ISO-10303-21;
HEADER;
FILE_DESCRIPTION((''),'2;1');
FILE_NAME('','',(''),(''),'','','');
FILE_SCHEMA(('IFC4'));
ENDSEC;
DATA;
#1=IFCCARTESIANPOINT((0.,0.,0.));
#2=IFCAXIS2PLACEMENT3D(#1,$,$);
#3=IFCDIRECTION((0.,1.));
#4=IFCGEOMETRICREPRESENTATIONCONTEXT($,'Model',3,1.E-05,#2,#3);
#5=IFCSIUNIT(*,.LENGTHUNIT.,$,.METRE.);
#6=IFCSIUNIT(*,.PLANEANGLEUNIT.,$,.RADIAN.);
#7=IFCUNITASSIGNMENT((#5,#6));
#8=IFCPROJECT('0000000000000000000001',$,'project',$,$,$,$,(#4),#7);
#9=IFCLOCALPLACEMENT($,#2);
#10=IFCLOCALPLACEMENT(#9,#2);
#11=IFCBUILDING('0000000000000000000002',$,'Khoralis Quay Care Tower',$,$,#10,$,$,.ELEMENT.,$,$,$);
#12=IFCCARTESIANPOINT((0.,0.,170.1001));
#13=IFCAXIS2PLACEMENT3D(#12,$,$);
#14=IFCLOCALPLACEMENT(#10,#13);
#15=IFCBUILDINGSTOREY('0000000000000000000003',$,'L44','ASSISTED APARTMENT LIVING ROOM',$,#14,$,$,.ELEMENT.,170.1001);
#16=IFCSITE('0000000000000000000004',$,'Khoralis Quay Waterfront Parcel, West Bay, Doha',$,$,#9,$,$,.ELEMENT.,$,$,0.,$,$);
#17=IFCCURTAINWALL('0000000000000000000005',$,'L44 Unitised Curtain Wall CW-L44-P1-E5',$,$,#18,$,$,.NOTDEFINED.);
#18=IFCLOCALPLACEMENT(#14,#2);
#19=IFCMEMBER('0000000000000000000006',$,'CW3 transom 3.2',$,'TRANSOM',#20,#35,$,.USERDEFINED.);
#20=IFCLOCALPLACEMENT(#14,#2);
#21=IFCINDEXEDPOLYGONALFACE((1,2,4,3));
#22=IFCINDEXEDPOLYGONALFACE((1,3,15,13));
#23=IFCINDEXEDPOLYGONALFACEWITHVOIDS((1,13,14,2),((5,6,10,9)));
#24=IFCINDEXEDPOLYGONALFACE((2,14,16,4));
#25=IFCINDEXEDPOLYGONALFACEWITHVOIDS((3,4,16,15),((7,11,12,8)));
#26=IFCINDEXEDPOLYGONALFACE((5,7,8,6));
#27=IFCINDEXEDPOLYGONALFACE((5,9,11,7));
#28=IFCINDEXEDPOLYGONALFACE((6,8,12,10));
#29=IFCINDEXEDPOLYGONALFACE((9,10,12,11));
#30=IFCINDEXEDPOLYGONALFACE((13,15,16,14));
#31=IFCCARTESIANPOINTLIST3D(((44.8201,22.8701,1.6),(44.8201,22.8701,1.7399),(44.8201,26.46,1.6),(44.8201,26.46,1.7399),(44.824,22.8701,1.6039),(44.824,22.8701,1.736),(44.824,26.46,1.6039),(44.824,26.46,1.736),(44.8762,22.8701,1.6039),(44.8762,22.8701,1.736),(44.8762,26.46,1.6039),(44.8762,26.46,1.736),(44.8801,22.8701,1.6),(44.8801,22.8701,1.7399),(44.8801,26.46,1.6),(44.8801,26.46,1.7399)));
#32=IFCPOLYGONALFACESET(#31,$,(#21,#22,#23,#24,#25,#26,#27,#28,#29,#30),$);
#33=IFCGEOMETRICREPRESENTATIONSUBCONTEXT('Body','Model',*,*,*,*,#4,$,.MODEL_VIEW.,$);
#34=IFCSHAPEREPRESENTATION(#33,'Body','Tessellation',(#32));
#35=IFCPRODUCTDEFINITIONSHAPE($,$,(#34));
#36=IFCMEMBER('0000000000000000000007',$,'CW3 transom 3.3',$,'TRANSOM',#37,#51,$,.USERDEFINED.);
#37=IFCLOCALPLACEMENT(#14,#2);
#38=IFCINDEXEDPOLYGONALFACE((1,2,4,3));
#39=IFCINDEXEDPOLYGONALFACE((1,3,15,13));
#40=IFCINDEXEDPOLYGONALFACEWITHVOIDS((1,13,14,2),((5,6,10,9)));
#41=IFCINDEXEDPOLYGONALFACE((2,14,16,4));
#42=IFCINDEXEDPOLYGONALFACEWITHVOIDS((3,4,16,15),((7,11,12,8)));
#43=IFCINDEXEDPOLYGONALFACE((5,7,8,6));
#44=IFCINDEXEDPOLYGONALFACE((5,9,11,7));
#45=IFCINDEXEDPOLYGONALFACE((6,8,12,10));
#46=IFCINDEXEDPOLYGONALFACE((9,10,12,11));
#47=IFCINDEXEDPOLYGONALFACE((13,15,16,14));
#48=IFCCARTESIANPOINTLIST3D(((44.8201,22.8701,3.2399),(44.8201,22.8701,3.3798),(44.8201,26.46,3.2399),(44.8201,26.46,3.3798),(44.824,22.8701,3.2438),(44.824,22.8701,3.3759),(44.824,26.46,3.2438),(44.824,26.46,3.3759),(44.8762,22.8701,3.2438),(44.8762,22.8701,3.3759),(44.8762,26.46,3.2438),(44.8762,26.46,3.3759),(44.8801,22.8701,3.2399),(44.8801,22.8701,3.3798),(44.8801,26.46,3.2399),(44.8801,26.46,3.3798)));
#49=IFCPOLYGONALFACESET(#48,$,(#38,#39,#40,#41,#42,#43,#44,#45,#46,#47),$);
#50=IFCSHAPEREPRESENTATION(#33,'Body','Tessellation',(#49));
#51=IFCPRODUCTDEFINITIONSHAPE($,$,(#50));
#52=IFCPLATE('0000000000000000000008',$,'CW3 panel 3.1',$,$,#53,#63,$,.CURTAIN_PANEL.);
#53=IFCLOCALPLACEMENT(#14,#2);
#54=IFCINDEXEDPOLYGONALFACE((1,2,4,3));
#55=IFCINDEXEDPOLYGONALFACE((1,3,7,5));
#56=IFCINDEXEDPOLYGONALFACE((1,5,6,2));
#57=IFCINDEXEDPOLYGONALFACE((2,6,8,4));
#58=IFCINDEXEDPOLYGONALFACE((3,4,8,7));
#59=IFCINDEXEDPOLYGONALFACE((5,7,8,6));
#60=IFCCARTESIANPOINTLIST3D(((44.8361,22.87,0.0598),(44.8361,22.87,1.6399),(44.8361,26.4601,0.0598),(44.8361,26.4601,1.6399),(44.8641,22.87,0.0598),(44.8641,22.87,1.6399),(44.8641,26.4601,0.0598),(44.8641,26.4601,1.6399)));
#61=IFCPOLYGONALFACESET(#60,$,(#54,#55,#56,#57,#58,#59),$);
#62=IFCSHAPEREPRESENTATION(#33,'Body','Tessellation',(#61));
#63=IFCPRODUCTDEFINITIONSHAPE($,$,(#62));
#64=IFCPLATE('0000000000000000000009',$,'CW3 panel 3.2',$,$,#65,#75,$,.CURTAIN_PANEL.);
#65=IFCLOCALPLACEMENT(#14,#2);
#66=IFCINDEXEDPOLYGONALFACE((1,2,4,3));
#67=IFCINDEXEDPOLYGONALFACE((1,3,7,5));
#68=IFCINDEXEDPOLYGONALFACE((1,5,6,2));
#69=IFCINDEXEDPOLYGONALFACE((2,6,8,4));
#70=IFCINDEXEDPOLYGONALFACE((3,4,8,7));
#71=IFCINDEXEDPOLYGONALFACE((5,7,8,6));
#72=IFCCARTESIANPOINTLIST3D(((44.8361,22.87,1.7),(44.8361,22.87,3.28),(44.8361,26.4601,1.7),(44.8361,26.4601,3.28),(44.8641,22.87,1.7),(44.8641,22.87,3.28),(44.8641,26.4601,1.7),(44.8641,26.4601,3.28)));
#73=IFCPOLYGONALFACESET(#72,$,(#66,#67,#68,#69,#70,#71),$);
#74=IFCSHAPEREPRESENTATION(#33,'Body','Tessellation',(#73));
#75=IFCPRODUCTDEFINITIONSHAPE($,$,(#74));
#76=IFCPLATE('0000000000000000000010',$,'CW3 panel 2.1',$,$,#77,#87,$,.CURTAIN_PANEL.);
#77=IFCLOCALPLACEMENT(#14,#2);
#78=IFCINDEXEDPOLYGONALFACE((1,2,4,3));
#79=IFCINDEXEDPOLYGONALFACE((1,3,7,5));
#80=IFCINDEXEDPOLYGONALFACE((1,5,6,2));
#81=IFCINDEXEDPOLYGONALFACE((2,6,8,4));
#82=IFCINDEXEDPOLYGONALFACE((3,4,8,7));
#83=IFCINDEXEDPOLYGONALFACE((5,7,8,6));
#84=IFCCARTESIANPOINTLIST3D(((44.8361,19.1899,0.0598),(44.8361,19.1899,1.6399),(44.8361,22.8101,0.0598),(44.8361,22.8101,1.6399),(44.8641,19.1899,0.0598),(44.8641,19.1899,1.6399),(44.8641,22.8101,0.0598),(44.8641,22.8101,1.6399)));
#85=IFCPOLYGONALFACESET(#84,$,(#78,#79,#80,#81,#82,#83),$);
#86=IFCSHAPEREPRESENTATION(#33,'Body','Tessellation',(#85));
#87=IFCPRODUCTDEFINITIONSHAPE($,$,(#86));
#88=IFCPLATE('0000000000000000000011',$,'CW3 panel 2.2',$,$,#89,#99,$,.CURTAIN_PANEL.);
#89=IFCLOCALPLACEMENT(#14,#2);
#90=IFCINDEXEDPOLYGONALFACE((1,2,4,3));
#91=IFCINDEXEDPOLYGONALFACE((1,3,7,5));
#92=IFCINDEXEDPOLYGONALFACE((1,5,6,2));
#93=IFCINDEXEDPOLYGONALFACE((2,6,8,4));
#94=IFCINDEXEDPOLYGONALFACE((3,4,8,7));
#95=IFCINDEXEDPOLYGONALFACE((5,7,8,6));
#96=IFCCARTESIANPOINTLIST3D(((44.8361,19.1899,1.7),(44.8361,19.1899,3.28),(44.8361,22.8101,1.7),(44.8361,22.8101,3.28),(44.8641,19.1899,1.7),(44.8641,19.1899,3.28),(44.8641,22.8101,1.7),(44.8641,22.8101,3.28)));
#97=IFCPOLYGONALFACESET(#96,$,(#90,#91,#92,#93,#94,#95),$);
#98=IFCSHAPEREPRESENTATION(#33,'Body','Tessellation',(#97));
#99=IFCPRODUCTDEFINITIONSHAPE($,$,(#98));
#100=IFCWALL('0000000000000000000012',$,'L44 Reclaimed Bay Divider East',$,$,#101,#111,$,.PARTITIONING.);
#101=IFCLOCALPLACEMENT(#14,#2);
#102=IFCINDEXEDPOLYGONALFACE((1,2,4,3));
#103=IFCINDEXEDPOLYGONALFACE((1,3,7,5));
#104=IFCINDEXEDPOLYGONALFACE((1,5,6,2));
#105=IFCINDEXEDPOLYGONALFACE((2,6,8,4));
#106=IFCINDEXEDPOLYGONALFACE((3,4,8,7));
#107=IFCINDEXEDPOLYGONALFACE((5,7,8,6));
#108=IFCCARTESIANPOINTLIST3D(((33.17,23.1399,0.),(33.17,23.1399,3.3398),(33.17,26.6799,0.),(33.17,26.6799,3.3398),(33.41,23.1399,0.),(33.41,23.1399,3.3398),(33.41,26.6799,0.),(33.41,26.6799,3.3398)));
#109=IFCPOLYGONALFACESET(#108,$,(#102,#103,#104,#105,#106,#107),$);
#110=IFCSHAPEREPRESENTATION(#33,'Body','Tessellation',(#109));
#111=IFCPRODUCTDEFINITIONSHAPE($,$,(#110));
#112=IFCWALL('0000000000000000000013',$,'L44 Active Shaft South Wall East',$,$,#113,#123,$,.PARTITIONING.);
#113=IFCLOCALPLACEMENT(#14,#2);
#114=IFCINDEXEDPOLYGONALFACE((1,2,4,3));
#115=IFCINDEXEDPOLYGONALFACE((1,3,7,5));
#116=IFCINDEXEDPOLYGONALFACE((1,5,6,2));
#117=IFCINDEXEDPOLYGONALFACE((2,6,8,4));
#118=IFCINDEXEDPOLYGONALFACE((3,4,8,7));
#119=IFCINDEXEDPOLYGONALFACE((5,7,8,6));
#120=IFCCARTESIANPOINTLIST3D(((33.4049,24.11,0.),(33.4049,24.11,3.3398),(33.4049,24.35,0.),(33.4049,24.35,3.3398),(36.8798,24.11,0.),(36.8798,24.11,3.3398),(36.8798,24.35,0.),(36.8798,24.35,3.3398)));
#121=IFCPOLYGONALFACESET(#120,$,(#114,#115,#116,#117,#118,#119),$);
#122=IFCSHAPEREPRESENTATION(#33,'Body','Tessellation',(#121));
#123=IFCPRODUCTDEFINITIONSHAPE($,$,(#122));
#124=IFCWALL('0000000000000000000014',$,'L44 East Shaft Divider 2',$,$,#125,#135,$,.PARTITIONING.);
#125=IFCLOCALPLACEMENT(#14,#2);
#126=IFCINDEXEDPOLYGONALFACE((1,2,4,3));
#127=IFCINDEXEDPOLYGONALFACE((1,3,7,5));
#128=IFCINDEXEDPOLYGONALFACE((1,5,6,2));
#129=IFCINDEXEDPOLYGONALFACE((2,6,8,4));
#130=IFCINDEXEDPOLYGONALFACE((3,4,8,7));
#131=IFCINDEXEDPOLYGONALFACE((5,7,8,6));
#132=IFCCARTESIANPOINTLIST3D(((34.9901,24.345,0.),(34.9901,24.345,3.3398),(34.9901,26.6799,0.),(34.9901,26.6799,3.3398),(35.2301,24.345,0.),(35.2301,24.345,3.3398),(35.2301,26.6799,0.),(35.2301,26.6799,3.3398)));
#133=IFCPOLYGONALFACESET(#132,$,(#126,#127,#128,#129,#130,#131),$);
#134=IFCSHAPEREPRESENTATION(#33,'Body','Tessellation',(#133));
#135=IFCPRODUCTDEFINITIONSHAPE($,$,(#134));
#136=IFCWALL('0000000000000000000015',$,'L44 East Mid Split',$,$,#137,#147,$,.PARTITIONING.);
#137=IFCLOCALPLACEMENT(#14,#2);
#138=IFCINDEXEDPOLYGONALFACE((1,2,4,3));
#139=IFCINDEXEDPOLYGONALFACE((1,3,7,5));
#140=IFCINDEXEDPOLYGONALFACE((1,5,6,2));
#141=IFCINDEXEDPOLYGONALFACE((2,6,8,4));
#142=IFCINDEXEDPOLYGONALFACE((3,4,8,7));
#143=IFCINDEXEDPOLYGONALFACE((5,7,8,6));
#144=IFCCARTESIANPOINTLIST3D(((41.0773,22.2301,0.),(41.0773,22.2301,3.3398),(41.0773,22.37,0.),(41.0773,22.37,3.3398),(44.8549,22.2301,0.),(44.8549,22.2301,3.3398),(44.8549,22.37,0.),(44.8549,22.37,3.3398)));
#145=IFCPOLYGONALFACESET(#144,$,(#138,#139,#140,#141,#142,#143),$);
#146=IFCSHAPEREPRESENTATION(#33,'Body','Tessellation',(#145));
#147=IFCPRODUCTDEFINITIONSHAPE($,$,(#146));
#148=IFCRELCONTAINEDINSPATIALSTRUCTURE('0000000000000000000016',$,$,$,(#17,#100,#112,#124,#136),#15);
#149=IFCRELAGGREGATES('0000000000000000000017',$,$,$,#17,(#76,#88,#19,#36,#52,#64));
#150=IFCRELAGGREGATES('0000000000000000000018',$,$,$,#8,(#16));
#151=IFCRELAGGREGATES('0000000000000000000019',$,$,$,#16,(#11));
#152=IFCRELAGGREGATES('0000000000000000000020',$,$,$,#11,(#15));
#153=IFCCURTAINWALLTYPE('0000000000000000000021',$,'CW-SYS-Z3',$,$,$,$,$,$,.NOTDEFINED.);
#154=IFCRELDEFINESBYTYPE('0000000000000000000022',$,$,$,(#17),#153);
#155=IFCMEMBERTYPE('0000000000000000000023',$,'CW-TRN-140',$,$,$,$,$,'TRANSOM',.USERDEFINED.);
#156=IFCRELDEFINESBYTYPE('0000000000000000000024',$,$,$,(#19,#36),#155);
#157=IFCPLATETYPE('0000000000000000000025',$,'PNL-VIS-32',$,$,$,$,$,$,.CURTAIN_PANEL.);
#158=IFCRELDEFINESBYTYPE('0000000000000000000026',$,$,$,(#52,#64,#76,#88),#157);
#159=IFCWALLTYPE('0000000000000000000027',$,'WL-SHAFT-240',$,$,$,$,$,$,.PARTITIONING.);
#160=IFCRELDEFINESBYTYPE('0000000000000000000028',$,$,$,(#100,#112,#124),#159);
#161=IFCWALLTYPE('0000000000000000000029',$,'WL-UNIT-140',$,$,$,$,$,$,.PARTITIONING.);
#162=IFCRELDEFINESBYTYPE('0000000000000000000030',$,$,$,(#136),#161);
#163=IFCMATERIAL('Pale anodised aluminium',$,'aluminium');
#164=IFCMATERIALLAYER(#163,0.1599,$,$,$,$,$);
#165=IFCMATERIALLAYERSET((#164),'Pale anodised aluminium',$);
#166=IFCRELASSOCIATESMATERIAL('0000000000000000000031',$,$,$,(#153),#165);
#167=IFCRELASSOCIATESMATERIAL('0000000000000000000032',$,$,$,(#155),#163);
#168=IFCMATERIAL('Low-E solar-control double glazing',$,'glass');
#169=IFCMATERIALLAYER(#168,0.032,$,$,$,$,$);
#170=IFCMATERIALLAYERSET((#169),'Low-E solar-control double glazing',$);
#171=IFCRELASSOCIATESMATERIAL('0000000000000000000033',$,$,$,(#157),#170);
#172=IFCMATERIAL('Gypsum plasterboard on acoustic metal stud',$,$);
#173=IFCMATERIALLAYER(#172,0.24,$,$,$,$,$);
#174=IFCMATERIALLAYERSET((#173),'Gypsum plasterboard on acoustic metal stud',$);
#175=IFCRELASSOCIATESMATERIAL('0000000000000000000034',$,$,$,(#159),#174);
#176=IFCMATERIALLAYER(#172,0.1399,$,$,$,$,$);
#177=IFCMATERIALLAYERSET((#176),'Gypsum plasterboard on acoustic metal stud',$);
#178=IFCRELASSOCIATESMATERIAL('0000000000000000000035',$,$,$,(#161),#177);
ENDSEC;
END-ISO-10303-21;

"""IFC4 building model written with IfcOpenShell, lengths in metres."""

from ifc_helpers import new_model, si_unit, direction, frame, frame_2d, origin, origin_2d, place, context, subcontext, project, spatial, rectangle, hollow_rectangle, extrude, source, transform, mapped, material, layer, layer_set, material_profile, profile_set, type_object, element, aggregate, save


model = new_model("IFC4")

# Units and contexts
model_context = context("Model", 3, precision=1e-05, world=origin(), true_north=direction((0.0, 1.0)))
body_context = subcontext(model_context, "Body", "Model", "MODEL_VIEW")
ifc_project = project(units=[si_unit("LENGTHUNIT", "METRE"), si_unit("PLANEANGLEUNIT", "RADIAN")], contexts=[model_context])

# Site, building, storey
site_placement = place(None, origin())
site = spatial("IfcSite", under=ifc_project, at=site_placement, Name="Khoralis Quay Waterfront Parcel, West Bay, Doha", CompositionType="ELEMENT", RefElevation=0.0)
building_placement = place(site_placement, origin())
building = spatial("IfcBuilding", under=site, at=building_placement, Name="Khoralis Quay Care Tower", CompositionType="ELEMENT")
storey_placement = place(building_placement, frame((0.0, 0.0, 170.1001)))
storey = spatial("IfcBuildingStorey", under=building, at=storey_placement, Name="L44", Description="ASSISTED APARTMENT LIVING ROOM", CompositionType="ELEMENT", Elevation=170.1001)

# Curtain wall, members, plates
ifc_material_1 = material(Name="Pale anodised aluminium", Category="aluminium")
ifc_layer_1 = layer(ifc_material_1, 0.1599)
ifc_layer_set_1 = layer_set([ifc_layer_1], Name="Pale anodised aluminium")
curtain_wall_type = type_object("IfcCurtainWallType", Name="CW-SYS-Z3", PredefinedType="NOTDEFINED", material=ifc_layer_set_1)
curtain_wall_placement = place(storey_placement, origin())
curtain_wall = element("IfcCurtainWall", 1, at=curtain_wall_placement, inside=storey, type_object=curtain_wall_type, Name="L44 Unitised Curtain Wall CW-L44-P1-E5", PredefinedType="NOTDEFINED")
ifc_material_profile_1 = material_profile(ifc_material_1, hollow_rectangle(XDim=0.0601, YDim=0.1399, WallThickness=0.0039, at=origin_2d()), Name="Pale anodised aluminium")
ifc_profile_set_1 = profile_set([ifc_material_profile_1], Name="Pale anodised aluminium")
member_type_1 = type_object("IfcMemberType", Name="CW-TRN-140", ElementType="TRANSOM", PredefinedType="USERDEFINED", material=ifc_profile_set_1)
shared_shape_1 = source(origin(), body_context, "Body", "SweptSolid", [
    extrude(hollow_rectangle(XDim=0.0601, YDim=0.1399, WallThickness=0.0039, at=origin_2d()), origin(), (0.0, 0.0, 1.0), 3.5898),
])
member_1_placement = place(storey_placement, frame((44.8501, 22.8701, 1.6699), z_axis=(0.0, 1.0, 0.0), x_axis=(-1.0, 0.0, 0.0)))
member_1 = element("IfcMember", 2, at=member_1_placement, type_object=member_type_1, Name="CW3 transom 3.2", ObjectType="TRANSOM", PredefinedType="USERDEFINED", context=body_context, shape_type="MappedRepresentation", body=[
    mapped(shared_shape_1, transform((0.0, 0.0, 0.0), scale=1.0)),
])
member_2_placement = place(storey_placement, frame((44.8501, 22.8701, 3.3098), z_axis=(0.0, 1.0, 0.0), x_axis=(-1.0, 0.0, 0.0)))
member_2 = element("IfcMember", 3, at=member_2_placement, type_object=member_type_1, Name="CW3 transom 3.3", ObjectType="TRANSOM", PredefinedType="USERDEFINED", context=body_context, shape_type="MappedRepresentation", body=[
    mapped(shared_shape_1, transform((0.0, 0.0, 0.0), scale=1.0)),
])
ifc_material_2 = material(Name="Low-E solar-control double glazing", Category="glass")
ifc_layer_2 = layer(ifc_material_2, 0.032)
ifc_layer_set_2 = layer_set([ifc_layer_2], Name="Low-E solar-control double glazing")
plate_type = type_object("IfcPlateType", Name="PNL-VIS-32", PredefinedType="CURTAIN_PANEL", material=ifc_layer_set_2)
shared_shape_2 = source(origin(), body_context, "Body", "SweptSolid", [
    extrude(rectangle(XDim=3.5901, YDim=0.0281, at=origin_2d()), origin(), (0.0, 0.0, 1.0), 1.5801),
])
plate_1_placement = place(storey_placement, frame((44.8501, 24.665, 0.0598), z_axis=(0.0, 0.0, 1.0), x_axis=(0.0, 1.0, 0.0)))
plate_1 = element("IfcPlate", 4, at=plate_1_placement, type_object=plate_type, Name="CW3 panel 3.1", PredefinedType="CURTAIN_PANEL", context=body_context, shape_type="MappedRepresentation", body=[
    mapped(shared_shape_2, transform((0.0, 0.0, 0.0), scale=1.0)),
])
plate_2_placement = place(storey_placement, frame((44.8501, 24.665, 1.7), z_axis=(0.0, 0.0, 1.0), x_axis=(0.0, 1.0, 0.0)))
plate_2 = element("IfcPlate", 5, at=plate_2_placement, type_object=plate_type, Name="CW3 panel 3.2", PredefinedType="CURTAIN_PANEL", context=body_context, shape_type="MappedRepresentation", body=[
    mapped(shared_shape_2, transform((0.0, 0.0, 0.0), scale=1.0)),
])
shared_shape_3 = source(origin(), body_context, "Body", "SweptSolid", [
    extrude(rectangle(XDim=3.6201, YDim=0.0281, at=origin_2d()), origin(), (0.0, 0.0, 1.0), 1.5801),
])
plate_3_placement = place(storey_placement, frame((44.8501, 21.0, 0.0598), z_axis=(0.0, 0.0, 1.0), x_axis=(0.0, 1.0, 0.0)))
plate_3 = element("IfcPlate", 6, at=plate_3_placement, type_object=plate_type, Name="CW3 panel 2.1", PredefinedType="CURTAIN_PANEL", context=body_context, shape_type="MappedRepresentation", body=[
    mapped(shared_shape_3, transform((0.0, 0.0, 0.0), scale=1.0)),
])
plate_4_placement = place(storey_placement, frame((44.8501, 21.0, 1.7), z_axis=(0.0, 0.0, 1.0), x_axis=(0.0, 1.0, 0.0)))
plate_4 = element("IfcPlate", 7, at=plate_4_placement, type_object=plate_type, Name="CW3 panel 2.2", PredefinedType="CURTAIN_PANEL", context=body_context, shape_type="MappedRepresentation", body=[
    mapped(shared_shape_3, transform((0.0, 0.0, 0.0), scale=1.0)),
])
aggregate(curtain_wall, [plate_3, plate_4, member_1, member_2, plate_1, plate_2])

# Walls
ifc_material_3 = material(Name="Gypsum plasterboard on acoustic metal stud")
ifc_layer_3 = layer(ifc_material_3, 0.24)
ifc_layer_set_3 = layer_set([ifc_layer_3], Name="Gypsum plasterboard on acoustic metal stud")
wall_type_1 = type_object("IfcWallType", Name="WL-SHAFT-240", PredefinedType="PARTITIONING", material=ifc_layer_set_3)
wall_1_placement = place(storey_placement, frame((33.29, 23.1399, 0.0), z_axis=(0.0, 0.0, 1.0), x_axis=(0.0, 1.0, 0.0)))
element("IfcWall", 8, at=wall_1_placement, inside=storey, type_object=wall_type_1, Name="L44 Reclaimed Bay Divider East", PredefinedType="PARTITIONING", context=body_context, shape_type="SweptSolid", body=[
    extrude(rectangle(XDim=3.54, YDim=0.24, at=frame_2d((1.77, 0.0))), origin(), (0.0, 0.0, 1.0), 3.3398),
])
wall_2_placement = place(storey_placement, frame((33.405, 24.23, 0.0), z_axis=(0.0, 0.0, 1.0), x_axis=(1.0, 0.0, 0.0)))
element("IfcWall", 9, at=wall_2_placement, inside=storey, type_object=wall_type_1, Name="L44 Active Shaft South Wall East", PredefinedType="PARTITIONING", context=body_context, shape_type="SweptSolid", body=[
    extrude(rectangle(XDim=3.4749, YDim=0.24, at=frame_2d((1.7373, 0.0))), origin(), (0.0, 0.0, 1.0), 3.3398),
])
wall_3_placement = place(storey_placement, frame((35.1101, 24.345, 0.0), z_axis=(0.0, 0.0, 1.0), x_axis=(0.0, 1.0, 0.0)))
element("IfcWall", 10, at=wall_3_placement, inside=storey, type_object=wall_type_1, Name="L44 East Shaft Divider 2", PredefinedType="PARTITIONING", context=body_context, shape_type="SweptSolid", body=[
    extrude(rectangle(XDim=2.335, YDim=0.24, at=frame_2d((1.1675, 0.0))), origin(), (0.0, 0.0, 1.0), 3.3398),
])
ifc_layer_4 = layer(ifc_material_3, 0.1399)
ifc_layer_set_4 = layer_set([ifc_layer_4], Name="Gypsum plasterboard on acoustic metal stud")
wall_type_2 = type_object("IfcWallType", Name="WL-UNIT-140", PredefinedType="PARTITIONING", material=ifc_layer_set_4)
wall_4_placement = place(storey_placement, frame((41.0774, 22.3, 0.0), z_axis=(0.0, 0.0, 1.0), x_axis=(1.0, 0.0, 0.0)))
element("IfcWall", 11, at=wall_4_placement, inside=storey, type_object=wall_type_2, Name="L44 East Mid Split", PredefinedType="PARTITIONING", context=body_context, shape_type="SweptSolid", body=[
    extrude(rectangle(XDim=3.7776, YDim=0.1399, at=frame_2d((1.8887, 0.0))), origin(), (0.0, 0.0, 1.0), 3.3398),
])

save(model, "model.ifc")
